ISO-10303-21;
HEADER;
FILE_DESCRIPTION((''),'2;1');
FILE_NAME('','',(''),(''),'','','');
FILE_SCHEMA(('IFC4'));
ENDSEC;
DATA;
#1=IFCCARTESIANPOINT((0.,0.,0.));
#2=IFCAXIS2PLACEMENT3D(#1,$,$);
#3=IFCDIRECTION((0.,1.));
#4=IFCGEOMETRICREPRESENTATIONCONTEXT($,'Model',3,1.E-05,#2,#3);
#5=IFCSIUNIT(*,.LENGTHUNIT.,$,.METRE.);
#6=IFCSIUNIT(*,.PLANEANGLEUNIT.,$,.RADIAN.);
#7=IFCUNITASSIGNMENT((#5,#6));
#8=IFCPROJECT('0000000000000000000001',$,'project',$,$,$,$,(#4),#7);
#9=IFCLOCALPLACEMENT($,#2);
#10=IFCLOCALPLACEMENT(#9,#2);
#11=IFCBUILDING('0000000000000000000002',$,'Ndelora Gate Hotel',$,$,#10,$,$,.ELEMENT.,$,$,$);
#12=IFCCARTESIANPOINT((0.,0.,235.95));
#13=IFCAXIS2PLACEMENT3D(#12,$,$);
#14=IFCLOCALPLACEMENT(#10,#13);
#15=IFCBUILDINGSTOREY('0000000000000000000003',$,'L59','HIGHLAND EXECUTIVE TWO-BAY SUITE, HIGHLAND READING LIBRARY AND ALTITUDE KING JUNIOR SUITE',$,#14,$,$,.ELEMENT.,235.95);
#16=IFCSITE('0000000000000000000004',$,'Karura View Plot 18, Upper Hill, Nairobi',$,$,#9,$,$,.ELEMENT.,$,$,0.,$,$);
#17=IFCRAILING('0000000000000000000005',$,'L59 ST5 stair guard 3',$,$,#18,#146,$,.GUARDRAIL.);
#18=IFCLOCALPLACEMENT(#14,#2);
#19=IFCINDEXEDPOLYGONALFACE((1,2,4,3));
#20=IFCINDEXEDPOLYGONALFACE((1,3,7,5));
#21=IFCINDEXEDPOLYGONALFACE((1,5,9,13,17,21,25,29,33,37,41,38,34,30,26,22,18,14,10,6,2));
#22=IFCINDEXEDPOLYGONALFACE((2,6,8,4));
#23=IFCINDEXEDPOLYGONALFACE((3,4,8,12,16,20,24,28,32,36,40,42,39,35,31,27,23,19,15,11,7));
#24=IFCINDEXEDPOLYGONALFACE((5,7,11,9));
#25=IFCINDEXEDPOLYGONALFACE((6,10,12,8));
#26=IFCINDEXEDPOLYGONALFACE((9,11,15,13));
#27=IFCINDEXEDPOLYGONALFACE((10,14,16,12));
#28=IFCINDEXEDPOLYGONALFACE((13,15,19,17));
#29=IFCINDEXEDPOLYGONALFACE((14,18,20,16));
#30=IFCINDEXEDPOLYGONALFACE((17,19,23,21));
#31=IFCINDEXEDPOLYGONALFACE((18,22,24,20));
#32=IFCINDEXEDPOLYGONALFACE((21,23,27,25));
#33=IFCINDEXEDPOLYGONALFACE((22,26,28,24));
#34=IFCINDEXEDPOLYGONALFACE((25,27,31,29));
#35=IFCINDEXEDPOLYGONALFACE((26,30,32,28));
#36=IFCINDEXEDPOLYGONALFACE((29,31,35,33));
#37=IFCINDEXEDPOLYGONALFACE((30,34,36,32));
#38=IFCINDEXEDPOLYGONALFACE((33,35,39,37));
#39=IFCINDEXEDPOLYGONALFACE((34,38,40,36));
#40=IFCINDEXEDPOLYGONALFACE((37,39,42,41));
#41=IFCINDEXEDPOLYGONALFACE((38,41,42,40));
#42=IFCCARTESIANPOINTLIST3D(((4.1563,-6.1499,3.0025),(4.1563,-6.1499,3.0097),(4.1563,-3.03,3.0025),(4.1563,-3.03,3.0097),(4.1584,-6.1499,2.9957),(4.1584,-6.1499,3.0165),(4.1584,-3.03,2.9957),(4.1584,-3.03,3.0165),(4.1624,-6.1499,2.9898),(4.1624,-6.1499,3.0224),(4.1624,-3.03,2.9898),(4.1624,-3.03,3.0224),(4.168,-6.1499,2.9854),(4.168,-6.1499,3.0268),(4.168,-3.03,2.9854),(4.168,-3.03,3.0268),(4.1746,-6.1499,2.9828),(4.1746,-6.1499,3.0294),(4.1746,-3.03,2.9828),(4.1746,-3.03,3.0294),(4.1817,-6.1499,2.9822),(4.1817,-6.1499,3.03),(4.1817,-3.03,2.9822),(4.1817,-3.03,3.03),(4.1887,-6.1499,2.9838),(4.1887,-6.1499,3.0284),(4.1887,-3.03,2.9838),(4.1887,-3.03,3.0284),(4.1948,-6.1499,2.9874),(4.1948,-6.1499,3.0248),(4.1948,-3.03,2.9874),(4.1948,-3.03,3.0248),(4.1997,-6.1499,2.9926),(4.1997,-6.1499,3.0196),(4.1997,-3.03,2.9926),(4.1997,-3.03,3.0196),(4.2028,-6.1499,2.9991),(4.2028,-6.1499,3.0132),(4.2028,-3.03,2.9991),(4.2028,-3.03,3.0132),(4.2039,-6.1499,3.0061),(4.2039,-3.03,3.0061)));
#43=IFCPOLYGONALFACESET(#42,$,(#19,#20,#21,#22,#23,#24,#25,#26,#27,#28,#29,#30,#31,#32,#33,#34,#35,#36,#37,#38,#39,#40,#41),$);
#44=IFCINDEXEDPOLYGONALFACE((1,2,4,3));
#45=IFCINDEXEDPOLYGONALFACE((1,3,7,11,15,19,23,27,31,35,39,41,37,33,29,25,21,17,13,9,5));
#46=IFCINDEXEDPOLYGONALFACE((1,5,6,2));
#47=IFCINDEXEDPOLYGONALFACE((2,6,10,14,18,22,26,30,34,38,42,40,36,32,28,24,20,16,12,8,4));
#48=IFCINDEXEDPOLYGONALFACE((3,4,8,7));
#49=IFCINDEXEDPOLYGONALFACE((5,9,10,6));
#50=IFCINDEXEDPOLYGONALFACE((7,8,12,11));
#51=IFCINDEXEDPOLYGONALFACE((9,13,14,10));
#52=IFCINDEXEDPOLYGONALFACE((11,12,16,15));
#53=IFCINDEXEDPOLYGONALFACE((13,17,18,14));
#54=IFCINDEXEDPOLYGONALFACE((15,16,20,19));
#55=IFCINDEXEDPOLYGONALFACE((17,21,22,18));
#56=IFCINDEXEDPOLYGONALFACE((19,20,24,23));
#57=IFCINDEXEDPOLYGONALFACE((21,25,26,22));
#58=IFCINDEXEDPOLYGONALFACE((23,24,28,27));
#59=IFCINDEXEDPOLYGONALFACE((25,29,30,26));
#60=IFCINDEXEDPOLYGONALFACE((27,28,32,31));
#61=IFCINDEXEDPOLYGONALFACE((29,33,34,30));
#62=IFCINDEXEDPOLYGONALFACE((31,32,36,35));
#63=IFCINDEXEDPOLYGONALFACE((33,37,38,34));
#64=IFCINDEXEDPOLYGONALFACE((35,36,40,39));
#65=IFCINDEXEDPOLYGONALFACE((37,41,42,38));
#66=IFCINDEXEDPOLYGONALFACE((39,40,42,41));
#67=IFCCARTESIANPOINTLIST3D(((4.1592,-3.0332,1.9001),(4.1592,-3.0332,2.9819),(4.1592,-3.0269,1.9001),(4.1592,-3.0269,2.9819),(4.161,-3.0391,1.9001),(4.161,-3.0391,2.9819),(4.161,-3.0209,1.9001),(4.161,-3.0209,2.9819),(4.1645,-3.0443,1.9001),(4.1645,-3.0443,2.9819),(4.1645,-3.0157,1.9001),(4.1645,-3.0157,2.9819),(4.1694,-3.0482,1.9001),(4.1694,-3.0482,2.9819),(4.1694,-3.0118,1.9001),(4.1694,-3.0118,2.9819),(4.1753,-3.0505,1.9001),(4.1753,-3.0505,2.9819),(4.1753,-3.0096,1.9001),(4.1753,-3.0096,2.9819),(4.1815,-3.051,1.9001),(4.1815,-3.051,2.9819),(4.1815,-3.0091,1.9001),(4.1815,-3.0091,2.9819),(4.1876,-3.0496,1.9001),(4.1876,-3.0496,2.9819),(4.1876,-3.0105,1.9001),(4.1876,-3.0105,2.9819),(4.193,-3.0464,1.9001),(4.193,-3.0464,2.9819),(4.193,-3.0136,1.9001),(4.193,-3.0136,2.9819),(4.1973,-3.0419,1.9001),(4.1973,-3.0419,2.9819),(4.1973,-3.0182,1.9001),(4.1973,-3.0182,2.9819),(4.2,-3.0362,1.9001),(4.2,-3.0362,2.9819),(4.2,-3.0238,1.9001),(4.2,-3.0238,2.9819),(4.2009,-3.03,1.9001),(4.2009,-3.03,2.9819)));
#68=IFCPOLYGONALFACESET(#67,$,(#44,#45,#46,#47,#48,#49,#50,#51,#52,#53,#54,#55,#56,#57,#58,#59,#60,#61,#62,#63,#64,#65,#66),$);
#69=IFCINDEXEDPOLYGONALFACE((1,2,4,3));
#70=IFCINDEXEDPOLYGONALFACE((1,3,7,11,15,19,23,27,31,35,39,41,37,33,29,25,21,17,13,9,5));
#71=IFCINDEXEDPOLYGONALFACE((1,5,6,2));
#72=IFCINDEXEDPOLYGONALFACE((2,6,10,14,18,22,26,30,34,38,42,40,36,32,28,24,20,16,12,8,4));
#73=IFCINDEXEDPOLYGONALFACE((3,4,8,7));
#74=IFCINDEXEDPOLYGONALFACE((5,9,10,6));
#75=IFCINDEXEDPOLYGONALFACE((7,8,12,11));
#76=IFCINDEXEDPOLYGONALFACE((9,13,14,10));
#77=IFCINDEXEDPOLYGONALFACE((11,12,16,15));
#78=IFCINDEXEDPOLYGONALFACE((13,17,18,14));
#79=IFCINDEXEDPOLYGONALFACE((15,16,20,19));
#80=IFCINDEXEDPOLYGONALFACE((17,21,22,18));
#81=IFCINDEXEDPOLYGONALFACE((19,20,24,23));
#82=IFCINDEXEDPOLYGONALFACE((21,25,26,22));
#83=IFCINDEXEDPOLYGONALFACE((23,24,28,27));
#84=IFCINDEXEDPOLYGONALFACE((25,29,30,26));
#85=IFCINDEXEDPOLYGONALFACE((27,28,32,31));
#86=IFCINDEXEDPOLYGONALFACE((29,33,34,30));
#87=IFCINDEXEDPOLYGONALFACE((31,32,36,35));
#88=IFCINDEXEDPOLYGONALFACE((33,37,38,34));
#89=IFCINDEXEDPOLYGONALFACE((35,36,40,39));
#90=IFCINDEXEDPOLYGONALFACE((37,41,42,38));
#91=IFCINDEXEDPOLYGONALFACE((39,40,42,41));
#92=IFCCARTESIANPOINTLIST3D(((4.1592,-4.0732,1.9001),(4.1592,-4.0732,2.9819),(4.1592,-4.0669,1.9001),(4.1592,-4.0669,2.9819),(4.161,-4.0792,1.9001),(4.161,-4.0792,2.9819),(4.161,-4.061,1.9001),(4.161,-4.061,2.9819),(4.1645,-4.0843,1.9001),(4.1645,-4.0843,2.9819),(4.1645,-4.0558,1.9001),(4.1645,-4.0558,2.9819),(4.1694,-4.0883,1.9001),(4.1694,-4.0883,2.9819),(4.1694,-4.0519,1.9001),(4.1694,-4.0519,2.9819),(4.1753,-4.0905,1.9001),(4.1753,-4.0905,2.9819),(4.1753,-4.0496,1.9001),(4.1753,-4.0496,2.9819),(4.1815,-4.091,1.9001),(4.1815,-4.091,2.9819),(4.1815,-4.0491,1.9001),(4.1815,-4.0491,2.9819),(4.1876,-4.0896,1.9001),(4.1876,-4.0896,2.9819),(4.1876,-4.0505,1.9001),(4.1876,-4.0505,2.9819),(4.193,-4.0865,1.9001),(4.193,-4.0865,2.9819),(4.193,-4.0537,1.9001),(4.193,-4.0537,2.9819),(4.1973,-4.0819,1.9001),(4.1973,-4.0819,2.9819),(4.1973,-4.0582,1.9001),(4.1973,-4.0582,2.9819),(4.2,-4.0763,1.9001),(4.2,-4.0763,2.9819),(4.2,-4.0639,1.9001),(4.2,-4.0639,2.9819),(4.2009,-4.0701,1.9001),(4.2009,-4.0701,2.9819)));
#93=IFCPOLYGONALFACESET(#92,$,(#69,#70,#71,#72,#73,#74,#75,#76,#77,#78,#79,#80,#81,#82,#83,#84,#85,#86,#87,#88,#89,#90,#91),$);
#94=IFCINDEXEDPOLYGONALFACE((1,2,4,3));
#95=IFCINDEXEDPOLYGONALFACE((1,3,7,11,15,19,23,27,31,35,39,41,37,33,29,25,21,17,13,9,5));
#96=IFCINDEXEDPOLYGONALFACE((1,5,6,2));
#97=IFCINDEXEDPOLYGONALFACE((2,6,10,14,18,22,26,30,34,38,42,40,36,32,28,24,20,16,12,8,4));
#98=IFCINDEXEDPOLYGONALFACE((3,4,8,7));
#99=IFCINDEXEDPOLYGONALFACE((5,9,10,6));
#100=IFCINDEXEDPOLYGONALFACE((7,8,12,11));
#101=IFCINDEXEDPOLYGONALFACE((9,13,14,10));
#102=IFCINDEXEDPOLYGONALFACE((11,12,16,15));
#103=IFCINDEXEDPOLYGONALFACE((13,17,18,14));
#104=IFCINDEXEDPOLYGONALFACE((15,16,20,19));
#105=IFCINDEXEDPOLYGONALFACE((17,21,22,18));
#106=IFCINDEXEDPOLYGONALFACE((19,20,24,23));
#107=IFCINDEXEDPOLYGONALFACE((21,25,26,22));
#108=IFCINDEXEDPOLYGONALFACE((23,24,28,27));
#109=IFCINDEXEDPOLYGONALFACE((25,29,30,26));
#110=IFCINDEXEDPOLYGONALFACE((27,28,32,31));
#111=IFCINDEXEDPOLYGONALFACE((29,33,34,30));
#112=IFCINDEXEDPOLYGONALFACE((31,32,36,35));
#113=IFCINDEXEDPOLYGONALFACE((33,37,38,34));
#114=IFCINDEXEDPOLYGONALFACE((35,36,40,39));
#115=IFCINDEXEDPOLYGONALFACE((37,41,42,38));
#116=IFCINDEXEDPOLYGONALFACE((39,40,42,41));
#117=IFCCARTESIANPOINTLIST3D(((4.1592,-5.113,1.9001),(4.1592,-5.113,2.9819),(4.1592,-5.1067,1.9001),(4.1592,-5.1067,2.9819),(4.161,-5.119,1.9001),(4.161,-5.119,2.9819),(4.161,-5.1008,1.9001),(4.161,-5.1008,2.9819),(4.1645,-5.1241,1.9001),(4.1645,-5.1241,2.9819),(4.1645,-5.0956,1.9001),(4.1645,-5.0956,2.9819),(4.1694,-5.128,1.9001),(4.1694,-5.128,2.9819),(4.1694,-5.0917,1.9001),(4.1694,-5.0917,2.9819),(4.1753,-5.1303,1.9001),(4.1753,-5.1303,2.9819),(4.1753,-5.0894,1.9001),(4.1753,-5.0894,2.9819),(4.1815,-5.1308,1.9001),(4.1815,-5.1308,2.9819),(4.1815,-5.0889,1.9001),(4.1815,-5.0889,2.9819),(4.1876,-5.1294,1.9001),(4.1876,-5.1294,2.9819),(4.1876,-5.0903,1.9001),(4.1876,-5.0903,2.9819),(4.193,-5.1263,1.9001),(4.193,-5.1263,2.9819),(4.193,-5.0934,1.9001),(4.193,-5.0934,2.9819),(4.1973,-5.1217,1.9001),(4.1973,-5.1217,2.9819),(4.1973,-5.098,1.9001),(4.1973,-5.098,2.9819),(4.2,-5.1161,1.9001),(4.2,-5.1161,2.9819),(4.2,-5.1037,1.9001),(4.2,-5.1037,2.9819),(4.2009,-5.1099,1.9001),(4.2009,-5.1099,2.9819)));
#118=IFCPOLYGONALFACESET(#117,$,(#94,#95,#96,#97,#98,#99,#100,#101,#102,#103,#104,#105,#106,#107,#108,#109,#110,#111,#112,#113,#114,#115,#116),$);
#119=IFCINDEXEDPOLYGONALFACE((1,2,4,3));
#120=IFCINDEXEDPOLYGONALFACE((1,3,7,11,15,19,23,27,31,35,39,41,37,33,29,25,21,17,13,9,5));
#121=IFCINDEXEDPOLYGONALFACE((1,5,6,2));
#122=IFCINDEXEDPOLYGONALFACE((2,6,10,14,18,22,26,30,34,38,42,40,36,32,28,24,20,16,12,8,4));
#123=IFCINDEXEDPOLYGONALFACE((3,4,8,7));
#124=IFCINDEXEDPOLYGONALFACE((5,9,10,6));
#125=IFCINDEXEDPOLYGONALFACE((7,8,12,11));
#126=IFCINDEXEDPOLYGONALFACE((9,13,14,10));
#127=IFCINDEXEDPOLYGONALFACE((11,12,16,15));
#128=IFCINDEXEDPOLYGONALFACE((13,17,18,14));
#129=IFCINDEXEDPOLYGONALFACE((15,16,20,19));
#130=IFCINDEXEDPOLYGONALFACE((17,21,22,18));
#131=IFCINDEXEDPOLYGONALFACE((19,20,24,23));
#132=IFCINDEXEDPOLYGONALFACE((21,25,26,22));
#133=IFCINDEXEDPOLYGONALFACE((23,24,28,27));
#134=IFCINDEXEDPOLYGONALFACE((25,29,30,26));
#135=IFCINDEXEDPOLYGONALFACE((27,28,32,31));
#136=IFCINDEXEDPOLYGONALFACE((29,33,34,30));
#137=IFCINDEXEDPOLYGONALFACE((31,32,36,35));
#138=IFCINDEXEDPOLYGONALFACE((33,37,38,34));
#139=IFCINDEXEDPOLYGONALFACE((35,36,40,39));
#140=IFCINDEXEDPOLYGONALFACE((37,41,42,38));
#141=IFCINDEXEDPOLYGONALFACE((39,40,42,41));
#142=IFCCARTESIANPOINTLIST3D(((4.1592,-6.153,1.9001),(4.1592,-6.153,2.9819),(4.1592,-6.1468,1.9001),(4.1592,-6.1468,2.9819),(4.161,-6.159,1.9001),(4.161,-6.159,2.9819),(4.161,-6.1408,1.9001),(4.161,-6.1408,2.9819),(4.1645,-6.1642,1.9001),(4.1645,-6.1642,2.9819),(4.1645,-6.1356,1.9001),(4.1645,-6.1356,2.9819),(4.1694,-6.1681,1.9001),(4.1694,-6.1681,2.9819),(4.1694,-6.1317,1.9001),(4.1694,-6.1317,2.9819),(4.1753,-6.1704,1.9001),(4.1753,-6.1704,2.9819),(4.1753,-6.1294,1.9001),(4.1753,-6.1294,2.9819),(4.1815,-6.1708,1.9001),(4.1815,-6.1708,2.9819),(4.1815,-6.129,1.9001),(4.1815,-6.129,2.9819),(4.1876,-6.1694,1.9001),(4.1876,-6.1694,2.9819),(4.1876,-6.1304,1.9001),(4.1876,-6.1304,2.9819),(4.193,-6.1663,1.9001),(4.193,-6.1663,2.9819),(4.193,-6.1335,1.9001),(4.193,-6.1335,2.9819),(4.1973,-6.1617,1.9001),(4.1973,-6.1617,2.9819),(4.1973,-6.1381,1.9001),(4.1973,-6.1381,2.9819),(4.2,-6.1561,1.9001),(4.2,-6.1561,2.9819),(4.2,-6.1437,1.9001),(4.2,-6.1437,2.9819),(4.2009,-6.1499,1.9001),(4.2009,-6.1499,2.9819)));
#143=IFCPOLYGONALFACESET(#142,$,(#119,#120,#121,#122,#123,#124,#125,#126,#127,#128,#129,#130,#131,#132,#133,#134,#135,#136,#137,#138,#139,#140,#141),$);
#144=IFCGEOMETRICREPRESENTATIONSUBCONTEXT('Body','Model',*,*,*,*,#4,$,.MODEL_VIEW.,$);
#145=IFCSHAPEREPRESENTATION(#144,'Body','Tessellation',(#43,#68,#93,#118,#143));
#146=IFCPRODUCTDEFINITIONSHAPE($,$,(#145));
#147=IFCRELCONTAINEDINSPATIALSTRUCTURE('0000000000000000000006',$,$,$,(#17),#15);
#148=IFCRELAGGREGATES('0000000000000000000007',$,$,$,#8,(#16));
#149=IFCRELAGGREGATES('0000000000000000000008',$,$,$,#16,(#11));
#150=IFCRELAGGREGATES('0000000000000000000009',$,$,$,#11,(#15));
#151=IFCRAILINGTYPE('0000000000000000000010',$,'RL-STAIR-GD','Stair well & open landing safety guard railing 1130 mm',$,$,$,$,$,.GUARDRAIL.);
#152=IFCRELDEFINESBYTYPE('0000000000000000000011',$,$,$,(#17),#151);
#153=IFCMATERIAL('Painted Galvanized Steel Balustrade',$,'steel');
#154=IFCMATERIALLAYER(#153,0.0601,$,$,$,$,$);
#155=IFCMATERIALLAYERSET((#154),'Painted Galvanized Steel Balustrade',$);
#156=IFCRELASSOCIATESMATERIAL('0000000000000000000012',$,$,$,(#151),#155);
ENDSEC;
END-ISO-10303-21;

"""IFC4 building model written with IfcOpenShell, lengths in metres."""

from ifc_helpers import new_model, si_unit, direction, frame, origin, origin_2d, place, context, subcontext, project, spatial, circle, extrude, material, layer, layer_set, type_object, element, save


model = new_model("IFC4")

# Units and contexts
model_context = context("Model", 3, precision=1e-05, world=origin(), true_north=direction((0.0, 1.0)))
body_context = subcontext(model_context, "Body", "Model", "MODEL_VIEW")
ifc_project = project(units=[si_unit("LENGTHUNIT", "METRE"), si_unit("PLANEANGLEUNIT", "RADIAN")], contexts=[model_context])

# Site, building, storey
site_placement = place(None, origin())
site = spatial("IfcSite", under=ifc_project, at=site_placement, Name="Karura View Plot 18, Upper Hill, Nairobi", CompositionType="ELEMENT", RefElevation=0.0)
building_placement = place(site_placement, origin())
building = spatial("IfcBuilding", under=site, at=building_placement, Name="Ndelora Gate Hotel", CompositionType="ELEMENT")
storey_placement = place(building_placement, frame((0.0, 0.0, 235.95)))
storey = spatial("IfcBuildingStorey", under=building, at=storey_placement, Name="L59", Description="HIGHLAND EXECUTIVE TWO-BAY SUITE, HIGHLAND READING LIBRARY AND ALTITUDE KING JUNIOR SUITE", CompositionType="ELEMENT", Elevation=235.95)

# Railing
ifc_material_1 = material(Name="Painted Galvanized Steel Balustrade", Category="steel")
ifc_layer_1 = layer(ifc_material_1, 0.0601)
ifc_layer_set_1 = layer_set([ifc_layer_1], Name="Painted Galvanized Steel Balustrade")
railing_type_1 = type_object("IfcRailingType", Name="RL-STAIR-GD", Description="Stair well & open landing safety guard railing 1130 mm", PredefinedType="GUARDRAIL", material=ifc_layer_set_1)
for number, where, name in (
    (1, (4.1799, -3.03, 1.9001), "L59 ST5 stair guard 3"),
):
    element("IfcRailing", number, at=place(storey_placement, frame(where)), inside=storey, type_object=railing_type_1, Name=name, PredefinedType="GUARDRAIL", context=body_context, shape_type="SweptSolid", body=[
        extrude(circle(Radius=0.0239, at=origin_2d()), frame((0.0, 0.0, 1.106), z_axis=(0.0, -1.0, 0.0), x_axis=(1.0, 0.0, 0.0)), (0.0, 0.0, 1.0), 3.1199),
        extrude(circle(Radius=0.021, at=origin_2d()), origin(), (0.0, 0.0, 1.0), 1.0818),
        extrude(circle(Radius=0.021, at=origin_2d()), frame((0.0, -1.04, 0.0)), (0.0, 0.0, 1.0), 1.0818),
        extrude(circle(Radius=0.021, at=origin_2d()), frame((0.0, -2.0798, 0.0)), (0.0, 0.0, 1.0), 1.0818),
        extrude(circle(Radius=0.021, at=origin_2d()), frame((0.0, -3.1199, 0.0)), (0.0, 0.0, 1.0), 1.0818),
    ])

save(model, "model.ifc")
